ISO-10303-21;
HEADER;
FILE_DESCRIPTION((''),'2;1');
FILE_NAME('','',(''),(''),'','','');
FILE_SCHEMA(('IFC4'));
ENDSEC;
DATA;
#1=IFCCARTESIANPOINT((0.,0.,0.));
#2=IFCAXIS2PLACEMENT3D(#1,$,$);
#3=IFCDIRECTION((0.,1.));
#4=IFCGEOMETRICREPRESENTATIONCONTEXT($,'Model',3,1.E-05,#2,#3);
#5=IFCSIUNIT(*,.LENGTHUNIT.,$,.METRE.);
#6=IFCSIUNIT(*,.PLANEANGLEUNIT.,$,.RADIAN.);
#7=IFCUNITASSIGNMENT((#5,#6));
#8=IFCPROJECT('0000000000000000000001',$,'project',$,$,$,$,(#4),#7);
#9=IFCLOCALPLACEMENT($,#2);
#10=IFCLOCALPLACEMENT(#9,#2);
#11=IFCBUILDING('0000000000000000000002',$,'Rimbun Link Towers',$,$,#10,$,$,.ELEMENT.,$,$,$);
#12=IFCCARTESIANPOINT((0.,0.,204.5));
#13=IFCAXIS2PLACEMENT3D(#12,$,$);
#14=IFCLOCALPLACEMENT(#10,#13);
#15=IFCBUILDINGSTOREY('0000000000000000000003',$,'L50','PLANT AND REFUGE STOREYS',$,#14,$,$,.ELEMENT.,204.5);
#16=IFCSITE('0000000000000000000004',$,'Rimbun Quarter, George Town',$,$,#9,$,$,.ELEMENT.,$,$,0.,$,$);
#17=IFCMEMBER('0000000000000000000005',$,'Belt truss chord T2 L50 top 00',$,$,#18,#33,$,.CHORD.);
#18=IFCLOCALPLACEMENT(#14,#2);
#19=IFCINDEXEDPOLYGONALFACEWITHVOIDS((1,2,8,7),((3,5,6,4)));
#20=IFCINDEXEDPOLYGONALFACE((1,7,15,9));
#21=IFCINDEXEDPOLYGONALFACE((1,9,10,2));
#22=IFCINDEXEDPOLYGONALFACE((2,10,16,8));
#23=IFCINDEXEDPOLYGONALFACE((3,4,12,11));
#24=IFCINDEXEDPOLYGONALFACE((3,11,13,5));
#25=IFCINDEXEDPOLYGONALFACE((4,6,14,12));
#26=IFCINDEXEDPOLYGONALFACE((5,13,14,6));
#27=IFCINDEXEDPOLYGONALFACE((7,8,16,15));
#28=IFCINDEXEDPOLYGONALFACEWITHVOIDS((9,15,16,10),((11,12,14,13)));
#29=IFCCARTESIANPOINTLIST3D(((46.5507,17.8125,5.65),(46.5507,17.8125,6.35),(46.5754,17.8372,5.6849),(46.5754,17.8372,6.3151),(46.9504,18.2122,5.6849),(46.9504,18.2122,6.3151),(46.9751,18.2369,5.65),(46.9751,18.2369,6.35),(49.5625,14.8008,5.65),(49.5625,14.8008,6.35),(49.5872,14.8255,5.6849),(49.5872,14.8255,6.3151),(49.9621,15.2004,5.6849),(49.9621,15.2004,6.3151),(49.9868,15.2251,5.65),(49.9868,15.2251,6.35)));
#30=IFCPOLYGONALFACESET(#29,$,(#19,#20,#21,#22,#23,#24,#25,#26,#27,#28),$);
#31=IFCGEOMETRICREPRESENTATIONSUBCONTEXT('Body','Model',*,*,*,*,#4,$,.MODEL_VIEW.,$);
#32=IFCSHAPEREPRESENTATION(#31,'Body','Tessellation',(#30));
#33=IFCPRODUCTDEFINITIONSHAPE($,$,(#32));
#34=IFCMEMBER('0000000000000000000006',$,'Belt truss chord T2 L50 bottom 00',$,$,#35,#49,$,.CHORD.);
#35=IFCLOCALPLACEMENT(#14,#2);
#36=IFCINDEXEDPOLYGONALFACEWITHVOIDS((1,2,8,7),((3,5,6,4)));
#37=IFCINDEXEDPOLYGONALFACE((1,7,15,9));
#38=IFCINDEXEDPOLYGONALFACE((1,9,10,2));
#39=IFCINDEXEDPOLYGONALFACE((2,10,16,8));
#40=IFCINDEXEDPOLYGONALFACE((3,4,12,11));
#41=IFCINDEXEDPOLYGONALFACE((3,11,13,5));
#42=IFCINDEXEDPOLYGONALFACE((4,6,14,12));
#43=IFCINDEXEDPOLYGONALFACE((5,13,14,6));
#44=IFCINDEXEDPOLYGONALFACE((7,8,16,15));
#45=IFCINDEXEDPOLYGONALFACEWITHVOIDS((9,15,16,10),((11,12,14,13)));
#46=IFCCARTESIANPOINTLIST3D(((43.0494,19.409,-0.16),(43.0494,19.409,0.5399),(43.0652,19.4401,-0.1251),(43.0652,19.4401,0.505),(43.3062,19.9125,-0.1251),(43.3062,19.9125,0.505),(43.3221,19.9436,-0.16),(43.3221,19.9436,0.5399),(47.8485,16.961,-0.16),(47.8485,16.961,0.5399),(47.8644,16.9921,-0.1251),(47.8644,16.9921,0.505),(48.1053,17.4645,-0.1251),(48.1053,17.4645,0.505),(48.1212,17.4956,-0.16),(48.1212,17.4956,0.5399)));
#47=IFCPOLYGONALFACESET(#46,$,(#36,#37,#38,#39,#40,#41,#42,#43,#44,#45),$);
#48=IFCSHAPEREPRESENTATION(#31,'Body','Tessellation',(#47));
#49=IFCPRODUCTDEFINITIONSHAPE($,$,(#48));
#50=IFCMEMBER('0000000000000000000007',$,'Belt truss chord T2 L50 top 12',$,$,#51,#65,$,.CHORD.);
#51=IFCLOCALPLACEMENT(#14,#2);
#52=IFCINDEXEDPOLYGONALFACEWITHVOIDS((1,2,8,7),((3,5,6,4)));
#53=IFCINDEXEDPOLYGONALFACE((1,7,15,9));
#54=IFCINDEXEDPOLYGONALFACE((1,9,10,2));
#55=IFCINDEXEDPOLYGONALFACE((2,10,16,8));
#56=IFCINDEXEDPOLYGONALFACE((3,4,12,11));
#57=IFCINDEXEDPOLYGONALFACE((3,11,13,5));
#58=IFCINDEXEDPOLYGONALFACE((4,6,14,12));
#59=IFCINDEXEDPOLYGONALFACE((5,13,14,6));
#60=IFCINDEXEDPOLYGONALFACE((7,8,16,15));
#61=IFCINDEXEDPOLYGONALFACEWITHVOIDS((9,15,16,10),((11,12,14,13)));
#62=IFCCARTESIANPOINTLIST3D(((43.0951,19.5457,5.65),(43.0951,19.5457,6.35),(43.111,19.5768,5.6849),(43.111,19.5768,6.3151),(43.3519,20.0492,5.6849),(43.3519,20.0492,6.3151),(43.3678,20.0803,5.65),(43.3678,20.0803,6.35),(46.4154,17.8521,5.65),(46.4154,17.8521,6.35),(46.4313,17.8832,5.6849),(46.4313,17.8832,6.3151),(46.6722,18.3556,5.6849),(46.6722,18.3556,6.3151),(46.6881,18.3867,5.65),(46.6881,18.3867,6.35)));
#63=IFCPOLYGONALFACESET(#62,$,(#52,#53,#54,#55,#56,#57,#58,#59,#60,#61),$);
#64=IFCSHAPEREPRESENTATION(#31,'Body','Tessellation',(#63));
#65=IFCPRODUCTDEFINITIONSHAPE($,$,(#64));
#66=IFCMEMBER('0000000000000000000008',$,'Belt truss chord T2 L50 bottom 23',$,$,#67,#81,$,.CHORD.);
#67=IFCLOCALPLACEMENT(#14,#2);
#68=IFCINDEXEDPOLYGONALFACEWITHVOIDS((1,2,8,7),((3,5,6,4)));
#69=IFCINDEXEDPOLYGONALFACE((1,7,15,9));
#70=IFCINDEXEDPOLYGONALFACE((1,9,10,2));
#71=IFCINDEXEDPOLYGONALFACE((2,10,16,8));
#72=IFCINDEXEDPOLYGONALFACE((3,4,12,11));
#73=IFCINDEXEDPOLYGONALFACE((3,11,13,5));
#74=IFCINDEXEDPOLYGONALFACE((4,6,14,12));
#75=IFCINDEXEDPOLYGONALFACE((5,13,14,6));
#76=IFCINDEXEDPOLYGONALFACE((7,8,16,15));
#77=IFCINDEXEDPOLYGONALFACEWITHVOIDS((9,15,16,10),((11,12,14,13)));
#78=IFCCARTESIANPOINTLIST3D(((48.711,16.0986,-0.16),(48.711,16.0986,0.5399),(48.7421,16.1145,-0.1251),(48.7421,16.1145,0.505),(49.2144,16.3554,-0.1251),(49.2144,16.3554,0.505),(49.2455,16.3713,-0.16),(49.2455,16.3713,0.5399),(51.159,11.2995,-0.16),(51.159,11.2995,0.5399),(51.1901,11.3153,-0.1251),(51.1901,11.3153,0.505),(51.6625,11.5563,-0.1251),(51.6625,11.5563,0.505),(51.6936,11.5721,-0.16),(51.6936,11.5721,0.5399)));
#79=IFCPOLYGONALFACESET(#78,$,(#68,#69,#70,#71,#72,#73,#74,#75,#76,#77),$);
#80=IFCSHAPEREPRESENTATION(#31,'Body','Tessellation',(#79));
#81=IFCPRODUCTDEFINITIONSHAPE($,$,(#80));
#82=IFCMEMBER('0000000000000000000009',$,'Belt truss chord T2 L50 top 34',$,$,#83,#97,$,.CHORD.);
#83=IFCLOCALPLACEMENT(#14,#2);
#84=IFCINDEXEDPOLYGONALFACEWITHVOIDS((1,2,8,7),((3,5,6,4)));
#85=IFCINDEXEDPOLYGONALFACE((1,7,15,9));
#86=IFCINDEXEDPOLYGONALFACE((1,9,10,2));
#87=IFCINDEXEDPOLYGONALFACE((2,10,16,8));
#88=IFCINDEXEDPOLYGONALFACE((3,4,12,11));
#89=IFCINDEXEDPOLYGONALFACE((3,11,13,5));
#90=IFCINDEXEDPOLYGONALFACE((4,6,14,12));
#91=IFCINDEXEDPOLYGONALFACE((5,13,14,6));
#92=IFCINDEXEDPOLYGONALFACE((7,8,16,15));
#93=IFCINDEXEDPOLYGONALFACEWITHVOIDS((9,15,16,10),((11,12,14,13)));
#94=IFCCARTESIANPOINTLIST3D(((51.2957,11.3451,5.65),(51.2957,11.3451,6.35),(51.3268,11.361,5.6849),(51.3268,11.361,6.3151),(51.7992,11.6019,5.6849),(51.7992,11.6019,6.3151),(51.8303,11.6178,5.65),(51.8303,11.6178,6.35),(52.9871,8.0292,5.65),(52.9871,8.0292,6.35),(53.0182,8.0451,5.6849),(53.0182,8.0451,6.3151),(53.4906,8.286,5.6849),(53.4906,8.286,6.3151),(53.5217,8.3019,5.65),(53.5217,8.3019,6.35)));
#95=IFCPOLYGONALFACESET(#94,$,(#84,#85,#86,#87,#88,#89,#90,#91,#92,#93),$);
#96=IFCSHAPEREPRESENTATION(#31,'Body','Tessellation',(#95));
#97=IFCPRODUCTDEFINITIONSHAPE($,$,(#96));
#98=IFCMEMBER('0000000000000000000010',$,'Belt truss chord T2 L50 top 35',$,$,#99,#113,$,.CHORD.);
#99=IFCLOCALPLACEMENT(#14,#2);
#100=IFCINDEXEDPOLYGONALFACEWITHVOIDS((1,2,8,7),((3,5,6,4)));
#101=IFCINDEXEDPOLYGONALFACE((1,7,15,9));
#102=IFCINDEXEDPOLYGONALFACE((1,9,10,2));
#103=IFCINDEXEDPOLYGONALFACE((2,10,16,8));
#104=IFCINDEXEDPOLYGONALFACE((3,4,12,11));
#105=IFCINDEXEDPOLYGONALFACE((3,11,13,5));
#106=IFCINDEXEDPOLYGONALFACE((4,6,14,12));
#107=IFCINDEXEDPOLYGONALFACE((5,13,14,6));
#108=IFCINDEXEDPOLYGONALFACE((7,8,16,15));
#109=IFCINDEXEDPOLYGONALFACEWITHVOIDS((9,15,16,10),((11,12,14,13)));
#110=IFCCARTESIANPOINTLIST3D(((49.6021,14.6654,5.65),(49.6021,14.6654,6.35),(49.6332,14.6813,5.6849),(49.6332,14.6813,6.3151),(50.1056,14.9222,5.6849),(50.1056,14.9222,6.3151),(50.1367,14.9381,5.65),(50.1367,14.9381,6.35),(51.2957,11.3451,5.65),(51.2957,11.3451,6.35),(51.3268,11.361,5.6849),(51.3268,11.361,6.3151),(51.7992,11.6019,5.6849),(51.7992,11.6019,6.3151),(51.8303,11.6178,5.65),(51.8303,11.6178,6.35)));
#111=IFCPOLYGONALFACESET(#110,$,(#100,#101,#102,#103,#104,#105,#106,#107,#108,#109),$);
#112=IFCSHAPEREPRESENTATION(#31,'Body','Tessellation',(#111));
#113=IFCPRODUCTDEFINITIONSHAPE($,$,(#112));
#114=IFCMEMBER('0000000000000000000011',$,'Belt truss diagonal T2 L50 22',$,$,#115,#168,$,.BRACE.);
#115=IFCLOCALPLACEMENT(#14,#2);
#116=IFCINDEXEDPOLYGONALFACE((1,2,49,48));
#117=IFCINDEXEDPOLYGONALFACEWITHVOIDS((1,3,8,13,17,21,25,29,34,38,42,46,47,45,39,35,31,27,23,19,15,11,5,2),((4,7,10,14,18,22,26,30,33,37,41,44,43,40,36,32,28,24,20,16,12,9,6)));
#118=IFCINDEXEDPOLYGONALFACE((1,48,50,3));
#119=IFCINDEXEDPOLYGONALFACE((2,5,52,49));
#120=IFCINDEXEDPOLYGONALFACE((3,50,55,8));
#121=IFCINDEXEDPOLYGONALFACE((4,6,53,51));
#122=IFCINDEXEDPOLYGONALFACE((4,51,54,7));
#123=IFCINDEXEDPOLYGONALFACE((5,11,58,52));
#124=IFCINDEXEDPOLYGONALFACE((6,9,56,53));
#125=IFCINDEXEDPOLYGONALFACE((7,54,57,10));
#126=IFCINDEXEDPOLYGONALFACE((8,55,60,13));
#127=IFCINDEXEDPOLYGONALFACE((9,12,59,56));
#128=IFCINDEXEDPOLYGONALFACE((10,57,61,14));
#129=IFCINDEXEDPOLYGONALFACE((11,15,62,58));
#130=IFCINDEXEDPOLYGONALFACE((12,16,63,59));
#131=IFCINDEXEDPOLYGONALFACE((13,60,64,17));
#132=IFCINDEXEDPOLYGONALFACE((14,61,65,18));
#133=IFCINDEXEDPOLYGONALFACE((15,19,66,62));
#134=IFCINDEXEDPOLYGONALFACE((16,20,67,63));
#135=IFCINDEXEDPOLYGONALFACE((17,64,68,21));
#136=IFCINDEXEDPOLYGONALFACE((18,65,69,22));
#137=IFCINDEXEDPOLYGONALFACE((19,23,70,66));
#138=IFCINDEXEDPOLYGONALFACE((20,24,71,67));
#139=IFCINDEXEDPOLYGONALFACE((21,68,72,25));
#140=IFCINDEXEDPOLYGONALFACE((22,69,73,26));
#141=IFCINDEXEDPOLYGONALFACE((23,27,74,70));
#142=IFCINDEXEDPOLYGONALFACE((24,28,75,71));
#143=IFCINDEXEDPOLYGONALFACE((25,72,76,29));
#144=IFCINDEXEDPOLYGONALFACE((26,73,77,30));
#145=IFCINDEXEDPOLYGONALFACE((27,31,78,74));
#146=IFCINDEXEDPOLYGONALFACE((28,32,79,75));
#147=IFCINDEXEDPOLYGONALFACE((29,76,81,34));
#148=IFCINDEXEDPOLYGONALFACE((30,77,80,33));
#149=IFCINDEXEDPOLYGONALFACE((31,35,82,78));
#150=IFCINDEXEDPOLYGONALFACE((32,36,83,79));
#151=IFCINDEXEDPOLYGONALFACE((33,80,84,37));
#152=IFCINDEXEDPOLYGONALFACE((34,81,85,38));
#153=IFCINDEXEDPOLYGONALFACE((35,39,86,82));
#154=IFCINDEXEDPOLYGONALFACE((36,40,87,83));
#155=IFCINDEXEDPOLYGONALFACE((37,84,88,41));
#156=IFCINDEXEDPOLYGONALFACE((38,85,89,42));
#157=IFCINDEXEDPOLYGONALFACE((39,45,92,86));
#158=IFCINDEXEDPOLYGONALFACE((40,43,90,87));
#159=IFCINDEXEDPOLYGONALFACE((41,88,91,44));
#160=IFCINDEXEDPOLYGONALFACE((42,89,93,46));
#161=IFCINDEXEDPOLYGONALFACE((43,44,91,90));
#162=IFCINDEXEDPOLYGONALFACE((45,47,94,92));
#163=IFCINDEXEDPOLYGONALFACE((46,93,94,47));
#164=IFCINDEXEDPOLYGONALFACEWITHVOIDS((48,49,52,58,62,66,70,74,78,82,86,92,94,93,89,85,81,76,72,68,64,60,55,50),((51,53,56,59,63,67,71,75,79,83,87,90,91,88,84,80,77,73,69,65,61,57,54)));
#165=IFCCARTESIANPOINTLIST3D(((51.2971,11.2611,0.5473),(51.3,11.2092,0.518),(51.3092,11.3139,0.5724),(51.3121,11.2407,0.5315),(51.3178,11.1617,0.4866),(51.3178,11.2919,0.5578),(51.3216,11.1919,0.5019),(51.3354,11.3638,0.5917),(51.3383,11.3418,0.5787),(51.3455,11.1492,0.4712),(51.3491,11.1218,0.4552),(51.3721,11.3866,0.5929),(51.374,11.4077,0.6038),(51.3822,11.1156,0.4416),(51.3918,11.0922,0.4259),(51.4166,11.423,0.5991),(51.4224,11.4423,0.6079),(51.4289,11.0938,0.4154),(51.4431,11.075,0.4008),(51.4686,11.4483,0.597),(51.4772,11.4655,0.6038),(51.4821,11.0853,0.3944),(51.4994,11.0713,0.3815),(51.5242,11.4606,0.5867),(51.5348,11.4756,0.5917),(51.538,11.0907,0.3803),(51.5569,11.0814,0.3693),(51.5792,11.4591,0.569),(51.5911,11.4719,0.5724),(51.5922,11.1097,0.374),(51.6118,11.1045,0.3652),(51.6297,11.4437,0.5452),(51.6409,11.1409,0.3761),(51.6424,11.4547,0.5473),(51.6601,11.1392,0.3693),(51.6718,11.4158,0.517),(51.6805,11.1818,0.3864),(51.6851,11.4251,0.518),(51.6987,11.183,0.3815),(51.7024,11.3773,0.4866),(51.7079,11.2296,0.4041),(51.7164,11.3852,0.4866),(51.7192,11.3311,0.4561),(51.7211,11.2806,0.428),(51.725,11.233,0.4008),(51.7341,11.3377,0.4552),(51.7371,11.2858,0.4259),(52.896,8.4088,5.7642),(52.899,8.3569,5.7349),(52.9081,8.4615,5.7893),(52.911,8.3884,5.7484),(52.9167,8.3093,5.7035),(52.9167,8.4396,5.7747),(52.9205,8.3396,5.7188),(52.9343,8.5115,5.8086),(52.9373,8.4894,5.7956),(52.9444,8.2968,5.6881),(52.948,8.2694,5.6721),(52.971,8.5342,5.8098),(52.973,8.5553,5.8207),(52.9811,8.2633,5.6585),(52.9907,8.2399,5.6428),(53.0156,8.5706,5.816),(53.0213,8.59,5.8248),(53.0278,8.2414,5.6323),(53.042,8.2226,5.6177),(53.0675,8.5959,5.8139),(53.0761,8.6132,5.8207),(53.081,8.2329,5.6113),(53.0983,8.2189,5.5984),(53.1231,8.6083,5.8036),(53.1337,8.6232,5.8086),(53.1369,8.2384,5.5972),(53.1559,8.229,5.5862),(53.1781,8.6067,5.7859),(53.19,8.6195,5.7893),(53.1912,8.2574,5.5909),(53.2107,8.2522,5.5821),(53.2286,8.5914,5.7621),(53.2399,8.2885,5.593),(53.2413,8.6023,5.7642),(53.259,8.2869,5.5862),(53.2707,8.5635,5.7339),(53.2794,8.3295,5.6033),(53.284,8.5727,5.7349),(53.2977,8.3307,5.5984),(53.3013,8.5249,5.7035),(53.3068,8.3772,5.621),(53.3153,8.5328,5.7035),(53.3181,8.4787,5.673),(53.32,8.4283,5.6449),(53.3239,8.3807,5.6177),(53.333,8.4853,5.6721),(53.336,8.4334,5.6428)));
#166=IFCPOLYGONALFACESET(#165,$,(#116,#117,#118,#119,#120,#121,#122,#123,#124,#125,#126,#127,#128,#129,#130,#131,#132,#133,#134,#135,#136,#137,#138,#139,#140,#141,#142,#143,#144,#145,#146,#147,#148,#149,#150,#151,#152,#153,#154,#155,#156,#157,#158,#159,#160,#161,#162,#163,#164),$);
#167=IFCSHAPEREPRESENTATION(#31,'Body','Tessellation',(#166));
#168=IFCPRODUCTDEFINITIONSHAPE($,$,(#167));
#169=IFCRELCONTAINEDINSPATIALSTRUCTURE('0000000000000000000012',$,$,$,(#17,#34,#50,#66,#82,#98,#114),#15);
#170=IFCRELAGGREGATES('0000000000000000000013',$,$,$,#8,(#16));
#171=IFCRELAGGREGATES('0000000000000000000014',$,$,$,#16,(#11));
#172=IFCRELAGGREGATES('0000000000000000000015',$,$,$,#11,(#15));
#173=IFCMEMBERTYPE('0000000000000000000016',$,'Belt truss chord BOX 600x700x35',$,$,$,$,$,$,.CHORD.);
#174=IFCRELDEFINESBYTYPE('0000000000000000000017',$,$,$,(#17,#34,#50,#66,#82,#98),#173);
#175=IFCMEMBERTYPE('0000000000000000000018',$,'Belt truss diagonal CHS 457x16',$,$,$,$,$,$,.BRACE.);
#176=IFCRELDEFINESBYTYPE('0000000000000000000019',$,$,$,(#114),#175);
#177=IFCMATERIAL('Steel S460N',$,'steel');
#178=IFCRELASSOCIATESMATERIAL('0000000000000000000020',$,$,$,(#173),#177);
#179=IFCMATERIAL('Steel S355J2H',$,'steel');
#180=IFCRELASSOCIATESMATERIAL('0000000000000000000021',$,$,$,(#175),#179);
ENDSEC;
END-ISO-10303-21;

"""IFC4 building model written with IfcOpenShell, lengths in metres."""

from ifc_helpers import new_model, si_unit, direction, frame, origin, origin_2d, place, context, subcontext, project, spatial, hollow_rectangle, hollow_circle, extrude, material, material_profile, profile_set, type_object, element, save


model = new_model("IFC4")

# Units and contexts
model_context = context("Model", 3, precision=1e-05, world=origin(), true_north=direction((0.0, 1.0)))
body_context = subcontext(model_context, "Body", "Model", "MODEL_VIEW")
ifc_project = project(units=[si_unit("LENGTHUNIT", "METRE"), si_unit("PLANEANGLEUNIT", "RADIAN")], contexts=[model_context])

# Site, building, storey
site_placement = place(None, origin())
site = spatial("IfcSite", under=ifc_project, at=site_placement, Name="Rimbun Quarter, George Town", CompositionType="ELEMENT", RefElevation=0.0)
building_placement = place(site_placement, origin())
building = spatial("IfcBuilding", under=site, at=building_placement, Name="Rimbun Link Towers", CompositionType="ELEMENT")
storey_placement = place(building_placement, frame((0.0, 0.0, 204.5)))
storey = spatial("IfcBuildingStorey", under=building, at=storey_placement, Name="L50", Description="PLANT AND REFUGE STOREYS", CompositionType="ELEMENT", Elevation=204.5)

# Members
ifc_material_1 = material(Name="Steel S460N", Category="steel")
ifc_material_profile_1 = material_profile(ifc_material_1, hollow_rectangle(XDim=0.6001, YDim=0.7, WallThickness=0.0349, at=origin_2d()), Name="Belt truss chord BOX 600x700x35")
ifc_profile_set_1 = profile_set([ifc_material_profile_1], Name="Steel S460N")
member_type_1 = type_object("IfcMemberType", Name="Belt truss chord BOX 600x700x35", PredefinedType="CHORD", material=ifc_profile_set_1)
member_1_placement = place(storey_placement, frame((49.7747, 15.0129, 6.0), z_axis=(-0.707107, 0.707107, 0.0), x_axis=(-0.707107, -0.707107, 0.0)))
element("IfcMember", 1, at=member_1_placement, inside=storey, type_object=member_type_1, Name="Belt truss chord T2 L50 top 00", PredefinedType="CHORD", context=body_context, shape_type="SweptSolid", body=[
    extrude(hollow_rectangle(XDim=0.6001, YDim=0.7, WallThickness=0.0349, at=origin_2d()), origin(), (0.0, 0.0, 1.0), 4.2593),
])
member_2_placement = place(storey_placement, frame((47.9849, 17.2283, 0.1899), z_axis=(-0.8908, 0.454395, 0.0), x_axis=(-0.454395, -0.8908, 0.0)))
element("IfcMember", 2, at=member_2_placement, inside=storey, type_object=member_type_1, Name="Belt truss chord T2 L50 bottom 00", PredefinedType="CHORD", context=body_context, shape_type="SweptSolid", body=[
    extrude(hollow_rectangle(XDim=0.6001, YDim=0.7, WallThickness=0.0349, at=origin_2d()), origin(), (0.0, 0.0, 1.0), 5.3875),
])
member_3_placement = place(storey_placement, frame((46.5518, 18.1194, 6.0), z_axis=(-0.890809, 0.454378, 0.0), x_axis=(-0.454378, -0.890809, 0.0)))
element("IfcMember", 3, at=member_3_placement, inside=storey, type_object=member_type_1, Name="Belt truss chord T2 L50 top 12", PredefinedType="CHORD", context=body_context, shape_type="SweptSolid", body=[
    extrude(hollow_rectangle(XDim=0.6001, YDim=0.7, WallThickness=0.0349, at=origin_2d()), origin(), (0.0, 0.0, 1.0), 3.7273),
])
member_4_placement = place(storey_placement, frame((51.4263, 11.4358, 0.1899), z_axis=(-0.454395, 0.8908, 0.0), x_axis=(-0.8908, -0.454395, 0.0)))
element("IfcMember", 4, at=member_4_placement, inside=storey, type_object=member_type_1, Name="Belt truss chord T2 L50 bottom 23", PredefinedType="CHORD", context=body_context, shape_type="SweptSolid", body=[
    extrude(hollow_rectangle(XDim=0.6001, YDim=0.7, WallThickness=0.0349, at=origin_2d()), origin(), (0.0, 0.0, 1.0), 5.3875),
])
member_5_placement = place(storey_placement, frame((53.2544, 8.1655, 6.0), z_axis=(-0.454387, 0.890804, 0.0), x_axis=(-0.890804, -0.454387, 0.0)))
element("IfcMember", 5, at=member_5_placement, inside=storey, type_object=member_type_1, Name="Belt truss chord T2 L50 top 34", PredefinedType="CHORD", context=body_context, shape_type="SweptSolid", body=[
    extrude(hollow_rectangle(XDim=0.6001, YDim=0.7, WallThickness=0.0349, at=origin_2d()), origin(), (0.0, 0.0, 1.0), 3.7224),
])
member_6_placement = place(storey_placement, frame((51.563, 11.4814, 6.0), z_axis=(-0.454378, 0.890809, 0.0), x_axis=(-0.890809, -0.454378, 0.0)))
element("IfcMember", 6, at=member_6_placement, inside=storey, type_object=member_type_1, Name="Belt truss chord T2 L50 top 35", PredefinedType="CHORD", context=body_context, shape_type="SweptSolid", body=[
    extrude(hollow_rectangle(XDim=0.6001, YDim=0.7, WallThickness=0.0349, at=origin_2d()), origin(), (0.0, 0.0, 1.0), 3.7273),
])
ifc_material_2 = material(Name="Steel S355J2H", Category="steel")
ifc_material_profile_2 = material_profile(ifc_material_2, hollow_circle(Radius=0.2285, WallThickness=0.0161, at=origin_2d()), Name="Belt truss diagonal CHS 457x16")
ifc_profile_set_2 = profile_set([ifc_material_profile_2], Name="Steel S355J2H")
member_type_2 = type_object("IfcMemberType", Name="Belt truss diagonal CHS 457x16", PredefinedType="BRACE", material=ifc_profile_set_2)
member_7_placement = place(storey_placement, frame((51.5171, 11.2734, 0.4866), z_axis=(0.25969, -0.463271, 0.847314), x_axis=(0.872298, 0.488974, 0.0)))
element("IfcMember", 7, at=member_7_placement, inside=storey, type_object=member_type_2, Name="Belt truss diagonal T2 L50 22", PredefinedType="BRACE", context=body_context, shape_type="SweptSolid", body=[
    extrude(hollow_circle(Radius=0.2285, WallThickness=0.0161, at=origin_2d()), origin(), (0.0, 0.0, 1.0), 6.157),
])

save(model, "model.ifc")
